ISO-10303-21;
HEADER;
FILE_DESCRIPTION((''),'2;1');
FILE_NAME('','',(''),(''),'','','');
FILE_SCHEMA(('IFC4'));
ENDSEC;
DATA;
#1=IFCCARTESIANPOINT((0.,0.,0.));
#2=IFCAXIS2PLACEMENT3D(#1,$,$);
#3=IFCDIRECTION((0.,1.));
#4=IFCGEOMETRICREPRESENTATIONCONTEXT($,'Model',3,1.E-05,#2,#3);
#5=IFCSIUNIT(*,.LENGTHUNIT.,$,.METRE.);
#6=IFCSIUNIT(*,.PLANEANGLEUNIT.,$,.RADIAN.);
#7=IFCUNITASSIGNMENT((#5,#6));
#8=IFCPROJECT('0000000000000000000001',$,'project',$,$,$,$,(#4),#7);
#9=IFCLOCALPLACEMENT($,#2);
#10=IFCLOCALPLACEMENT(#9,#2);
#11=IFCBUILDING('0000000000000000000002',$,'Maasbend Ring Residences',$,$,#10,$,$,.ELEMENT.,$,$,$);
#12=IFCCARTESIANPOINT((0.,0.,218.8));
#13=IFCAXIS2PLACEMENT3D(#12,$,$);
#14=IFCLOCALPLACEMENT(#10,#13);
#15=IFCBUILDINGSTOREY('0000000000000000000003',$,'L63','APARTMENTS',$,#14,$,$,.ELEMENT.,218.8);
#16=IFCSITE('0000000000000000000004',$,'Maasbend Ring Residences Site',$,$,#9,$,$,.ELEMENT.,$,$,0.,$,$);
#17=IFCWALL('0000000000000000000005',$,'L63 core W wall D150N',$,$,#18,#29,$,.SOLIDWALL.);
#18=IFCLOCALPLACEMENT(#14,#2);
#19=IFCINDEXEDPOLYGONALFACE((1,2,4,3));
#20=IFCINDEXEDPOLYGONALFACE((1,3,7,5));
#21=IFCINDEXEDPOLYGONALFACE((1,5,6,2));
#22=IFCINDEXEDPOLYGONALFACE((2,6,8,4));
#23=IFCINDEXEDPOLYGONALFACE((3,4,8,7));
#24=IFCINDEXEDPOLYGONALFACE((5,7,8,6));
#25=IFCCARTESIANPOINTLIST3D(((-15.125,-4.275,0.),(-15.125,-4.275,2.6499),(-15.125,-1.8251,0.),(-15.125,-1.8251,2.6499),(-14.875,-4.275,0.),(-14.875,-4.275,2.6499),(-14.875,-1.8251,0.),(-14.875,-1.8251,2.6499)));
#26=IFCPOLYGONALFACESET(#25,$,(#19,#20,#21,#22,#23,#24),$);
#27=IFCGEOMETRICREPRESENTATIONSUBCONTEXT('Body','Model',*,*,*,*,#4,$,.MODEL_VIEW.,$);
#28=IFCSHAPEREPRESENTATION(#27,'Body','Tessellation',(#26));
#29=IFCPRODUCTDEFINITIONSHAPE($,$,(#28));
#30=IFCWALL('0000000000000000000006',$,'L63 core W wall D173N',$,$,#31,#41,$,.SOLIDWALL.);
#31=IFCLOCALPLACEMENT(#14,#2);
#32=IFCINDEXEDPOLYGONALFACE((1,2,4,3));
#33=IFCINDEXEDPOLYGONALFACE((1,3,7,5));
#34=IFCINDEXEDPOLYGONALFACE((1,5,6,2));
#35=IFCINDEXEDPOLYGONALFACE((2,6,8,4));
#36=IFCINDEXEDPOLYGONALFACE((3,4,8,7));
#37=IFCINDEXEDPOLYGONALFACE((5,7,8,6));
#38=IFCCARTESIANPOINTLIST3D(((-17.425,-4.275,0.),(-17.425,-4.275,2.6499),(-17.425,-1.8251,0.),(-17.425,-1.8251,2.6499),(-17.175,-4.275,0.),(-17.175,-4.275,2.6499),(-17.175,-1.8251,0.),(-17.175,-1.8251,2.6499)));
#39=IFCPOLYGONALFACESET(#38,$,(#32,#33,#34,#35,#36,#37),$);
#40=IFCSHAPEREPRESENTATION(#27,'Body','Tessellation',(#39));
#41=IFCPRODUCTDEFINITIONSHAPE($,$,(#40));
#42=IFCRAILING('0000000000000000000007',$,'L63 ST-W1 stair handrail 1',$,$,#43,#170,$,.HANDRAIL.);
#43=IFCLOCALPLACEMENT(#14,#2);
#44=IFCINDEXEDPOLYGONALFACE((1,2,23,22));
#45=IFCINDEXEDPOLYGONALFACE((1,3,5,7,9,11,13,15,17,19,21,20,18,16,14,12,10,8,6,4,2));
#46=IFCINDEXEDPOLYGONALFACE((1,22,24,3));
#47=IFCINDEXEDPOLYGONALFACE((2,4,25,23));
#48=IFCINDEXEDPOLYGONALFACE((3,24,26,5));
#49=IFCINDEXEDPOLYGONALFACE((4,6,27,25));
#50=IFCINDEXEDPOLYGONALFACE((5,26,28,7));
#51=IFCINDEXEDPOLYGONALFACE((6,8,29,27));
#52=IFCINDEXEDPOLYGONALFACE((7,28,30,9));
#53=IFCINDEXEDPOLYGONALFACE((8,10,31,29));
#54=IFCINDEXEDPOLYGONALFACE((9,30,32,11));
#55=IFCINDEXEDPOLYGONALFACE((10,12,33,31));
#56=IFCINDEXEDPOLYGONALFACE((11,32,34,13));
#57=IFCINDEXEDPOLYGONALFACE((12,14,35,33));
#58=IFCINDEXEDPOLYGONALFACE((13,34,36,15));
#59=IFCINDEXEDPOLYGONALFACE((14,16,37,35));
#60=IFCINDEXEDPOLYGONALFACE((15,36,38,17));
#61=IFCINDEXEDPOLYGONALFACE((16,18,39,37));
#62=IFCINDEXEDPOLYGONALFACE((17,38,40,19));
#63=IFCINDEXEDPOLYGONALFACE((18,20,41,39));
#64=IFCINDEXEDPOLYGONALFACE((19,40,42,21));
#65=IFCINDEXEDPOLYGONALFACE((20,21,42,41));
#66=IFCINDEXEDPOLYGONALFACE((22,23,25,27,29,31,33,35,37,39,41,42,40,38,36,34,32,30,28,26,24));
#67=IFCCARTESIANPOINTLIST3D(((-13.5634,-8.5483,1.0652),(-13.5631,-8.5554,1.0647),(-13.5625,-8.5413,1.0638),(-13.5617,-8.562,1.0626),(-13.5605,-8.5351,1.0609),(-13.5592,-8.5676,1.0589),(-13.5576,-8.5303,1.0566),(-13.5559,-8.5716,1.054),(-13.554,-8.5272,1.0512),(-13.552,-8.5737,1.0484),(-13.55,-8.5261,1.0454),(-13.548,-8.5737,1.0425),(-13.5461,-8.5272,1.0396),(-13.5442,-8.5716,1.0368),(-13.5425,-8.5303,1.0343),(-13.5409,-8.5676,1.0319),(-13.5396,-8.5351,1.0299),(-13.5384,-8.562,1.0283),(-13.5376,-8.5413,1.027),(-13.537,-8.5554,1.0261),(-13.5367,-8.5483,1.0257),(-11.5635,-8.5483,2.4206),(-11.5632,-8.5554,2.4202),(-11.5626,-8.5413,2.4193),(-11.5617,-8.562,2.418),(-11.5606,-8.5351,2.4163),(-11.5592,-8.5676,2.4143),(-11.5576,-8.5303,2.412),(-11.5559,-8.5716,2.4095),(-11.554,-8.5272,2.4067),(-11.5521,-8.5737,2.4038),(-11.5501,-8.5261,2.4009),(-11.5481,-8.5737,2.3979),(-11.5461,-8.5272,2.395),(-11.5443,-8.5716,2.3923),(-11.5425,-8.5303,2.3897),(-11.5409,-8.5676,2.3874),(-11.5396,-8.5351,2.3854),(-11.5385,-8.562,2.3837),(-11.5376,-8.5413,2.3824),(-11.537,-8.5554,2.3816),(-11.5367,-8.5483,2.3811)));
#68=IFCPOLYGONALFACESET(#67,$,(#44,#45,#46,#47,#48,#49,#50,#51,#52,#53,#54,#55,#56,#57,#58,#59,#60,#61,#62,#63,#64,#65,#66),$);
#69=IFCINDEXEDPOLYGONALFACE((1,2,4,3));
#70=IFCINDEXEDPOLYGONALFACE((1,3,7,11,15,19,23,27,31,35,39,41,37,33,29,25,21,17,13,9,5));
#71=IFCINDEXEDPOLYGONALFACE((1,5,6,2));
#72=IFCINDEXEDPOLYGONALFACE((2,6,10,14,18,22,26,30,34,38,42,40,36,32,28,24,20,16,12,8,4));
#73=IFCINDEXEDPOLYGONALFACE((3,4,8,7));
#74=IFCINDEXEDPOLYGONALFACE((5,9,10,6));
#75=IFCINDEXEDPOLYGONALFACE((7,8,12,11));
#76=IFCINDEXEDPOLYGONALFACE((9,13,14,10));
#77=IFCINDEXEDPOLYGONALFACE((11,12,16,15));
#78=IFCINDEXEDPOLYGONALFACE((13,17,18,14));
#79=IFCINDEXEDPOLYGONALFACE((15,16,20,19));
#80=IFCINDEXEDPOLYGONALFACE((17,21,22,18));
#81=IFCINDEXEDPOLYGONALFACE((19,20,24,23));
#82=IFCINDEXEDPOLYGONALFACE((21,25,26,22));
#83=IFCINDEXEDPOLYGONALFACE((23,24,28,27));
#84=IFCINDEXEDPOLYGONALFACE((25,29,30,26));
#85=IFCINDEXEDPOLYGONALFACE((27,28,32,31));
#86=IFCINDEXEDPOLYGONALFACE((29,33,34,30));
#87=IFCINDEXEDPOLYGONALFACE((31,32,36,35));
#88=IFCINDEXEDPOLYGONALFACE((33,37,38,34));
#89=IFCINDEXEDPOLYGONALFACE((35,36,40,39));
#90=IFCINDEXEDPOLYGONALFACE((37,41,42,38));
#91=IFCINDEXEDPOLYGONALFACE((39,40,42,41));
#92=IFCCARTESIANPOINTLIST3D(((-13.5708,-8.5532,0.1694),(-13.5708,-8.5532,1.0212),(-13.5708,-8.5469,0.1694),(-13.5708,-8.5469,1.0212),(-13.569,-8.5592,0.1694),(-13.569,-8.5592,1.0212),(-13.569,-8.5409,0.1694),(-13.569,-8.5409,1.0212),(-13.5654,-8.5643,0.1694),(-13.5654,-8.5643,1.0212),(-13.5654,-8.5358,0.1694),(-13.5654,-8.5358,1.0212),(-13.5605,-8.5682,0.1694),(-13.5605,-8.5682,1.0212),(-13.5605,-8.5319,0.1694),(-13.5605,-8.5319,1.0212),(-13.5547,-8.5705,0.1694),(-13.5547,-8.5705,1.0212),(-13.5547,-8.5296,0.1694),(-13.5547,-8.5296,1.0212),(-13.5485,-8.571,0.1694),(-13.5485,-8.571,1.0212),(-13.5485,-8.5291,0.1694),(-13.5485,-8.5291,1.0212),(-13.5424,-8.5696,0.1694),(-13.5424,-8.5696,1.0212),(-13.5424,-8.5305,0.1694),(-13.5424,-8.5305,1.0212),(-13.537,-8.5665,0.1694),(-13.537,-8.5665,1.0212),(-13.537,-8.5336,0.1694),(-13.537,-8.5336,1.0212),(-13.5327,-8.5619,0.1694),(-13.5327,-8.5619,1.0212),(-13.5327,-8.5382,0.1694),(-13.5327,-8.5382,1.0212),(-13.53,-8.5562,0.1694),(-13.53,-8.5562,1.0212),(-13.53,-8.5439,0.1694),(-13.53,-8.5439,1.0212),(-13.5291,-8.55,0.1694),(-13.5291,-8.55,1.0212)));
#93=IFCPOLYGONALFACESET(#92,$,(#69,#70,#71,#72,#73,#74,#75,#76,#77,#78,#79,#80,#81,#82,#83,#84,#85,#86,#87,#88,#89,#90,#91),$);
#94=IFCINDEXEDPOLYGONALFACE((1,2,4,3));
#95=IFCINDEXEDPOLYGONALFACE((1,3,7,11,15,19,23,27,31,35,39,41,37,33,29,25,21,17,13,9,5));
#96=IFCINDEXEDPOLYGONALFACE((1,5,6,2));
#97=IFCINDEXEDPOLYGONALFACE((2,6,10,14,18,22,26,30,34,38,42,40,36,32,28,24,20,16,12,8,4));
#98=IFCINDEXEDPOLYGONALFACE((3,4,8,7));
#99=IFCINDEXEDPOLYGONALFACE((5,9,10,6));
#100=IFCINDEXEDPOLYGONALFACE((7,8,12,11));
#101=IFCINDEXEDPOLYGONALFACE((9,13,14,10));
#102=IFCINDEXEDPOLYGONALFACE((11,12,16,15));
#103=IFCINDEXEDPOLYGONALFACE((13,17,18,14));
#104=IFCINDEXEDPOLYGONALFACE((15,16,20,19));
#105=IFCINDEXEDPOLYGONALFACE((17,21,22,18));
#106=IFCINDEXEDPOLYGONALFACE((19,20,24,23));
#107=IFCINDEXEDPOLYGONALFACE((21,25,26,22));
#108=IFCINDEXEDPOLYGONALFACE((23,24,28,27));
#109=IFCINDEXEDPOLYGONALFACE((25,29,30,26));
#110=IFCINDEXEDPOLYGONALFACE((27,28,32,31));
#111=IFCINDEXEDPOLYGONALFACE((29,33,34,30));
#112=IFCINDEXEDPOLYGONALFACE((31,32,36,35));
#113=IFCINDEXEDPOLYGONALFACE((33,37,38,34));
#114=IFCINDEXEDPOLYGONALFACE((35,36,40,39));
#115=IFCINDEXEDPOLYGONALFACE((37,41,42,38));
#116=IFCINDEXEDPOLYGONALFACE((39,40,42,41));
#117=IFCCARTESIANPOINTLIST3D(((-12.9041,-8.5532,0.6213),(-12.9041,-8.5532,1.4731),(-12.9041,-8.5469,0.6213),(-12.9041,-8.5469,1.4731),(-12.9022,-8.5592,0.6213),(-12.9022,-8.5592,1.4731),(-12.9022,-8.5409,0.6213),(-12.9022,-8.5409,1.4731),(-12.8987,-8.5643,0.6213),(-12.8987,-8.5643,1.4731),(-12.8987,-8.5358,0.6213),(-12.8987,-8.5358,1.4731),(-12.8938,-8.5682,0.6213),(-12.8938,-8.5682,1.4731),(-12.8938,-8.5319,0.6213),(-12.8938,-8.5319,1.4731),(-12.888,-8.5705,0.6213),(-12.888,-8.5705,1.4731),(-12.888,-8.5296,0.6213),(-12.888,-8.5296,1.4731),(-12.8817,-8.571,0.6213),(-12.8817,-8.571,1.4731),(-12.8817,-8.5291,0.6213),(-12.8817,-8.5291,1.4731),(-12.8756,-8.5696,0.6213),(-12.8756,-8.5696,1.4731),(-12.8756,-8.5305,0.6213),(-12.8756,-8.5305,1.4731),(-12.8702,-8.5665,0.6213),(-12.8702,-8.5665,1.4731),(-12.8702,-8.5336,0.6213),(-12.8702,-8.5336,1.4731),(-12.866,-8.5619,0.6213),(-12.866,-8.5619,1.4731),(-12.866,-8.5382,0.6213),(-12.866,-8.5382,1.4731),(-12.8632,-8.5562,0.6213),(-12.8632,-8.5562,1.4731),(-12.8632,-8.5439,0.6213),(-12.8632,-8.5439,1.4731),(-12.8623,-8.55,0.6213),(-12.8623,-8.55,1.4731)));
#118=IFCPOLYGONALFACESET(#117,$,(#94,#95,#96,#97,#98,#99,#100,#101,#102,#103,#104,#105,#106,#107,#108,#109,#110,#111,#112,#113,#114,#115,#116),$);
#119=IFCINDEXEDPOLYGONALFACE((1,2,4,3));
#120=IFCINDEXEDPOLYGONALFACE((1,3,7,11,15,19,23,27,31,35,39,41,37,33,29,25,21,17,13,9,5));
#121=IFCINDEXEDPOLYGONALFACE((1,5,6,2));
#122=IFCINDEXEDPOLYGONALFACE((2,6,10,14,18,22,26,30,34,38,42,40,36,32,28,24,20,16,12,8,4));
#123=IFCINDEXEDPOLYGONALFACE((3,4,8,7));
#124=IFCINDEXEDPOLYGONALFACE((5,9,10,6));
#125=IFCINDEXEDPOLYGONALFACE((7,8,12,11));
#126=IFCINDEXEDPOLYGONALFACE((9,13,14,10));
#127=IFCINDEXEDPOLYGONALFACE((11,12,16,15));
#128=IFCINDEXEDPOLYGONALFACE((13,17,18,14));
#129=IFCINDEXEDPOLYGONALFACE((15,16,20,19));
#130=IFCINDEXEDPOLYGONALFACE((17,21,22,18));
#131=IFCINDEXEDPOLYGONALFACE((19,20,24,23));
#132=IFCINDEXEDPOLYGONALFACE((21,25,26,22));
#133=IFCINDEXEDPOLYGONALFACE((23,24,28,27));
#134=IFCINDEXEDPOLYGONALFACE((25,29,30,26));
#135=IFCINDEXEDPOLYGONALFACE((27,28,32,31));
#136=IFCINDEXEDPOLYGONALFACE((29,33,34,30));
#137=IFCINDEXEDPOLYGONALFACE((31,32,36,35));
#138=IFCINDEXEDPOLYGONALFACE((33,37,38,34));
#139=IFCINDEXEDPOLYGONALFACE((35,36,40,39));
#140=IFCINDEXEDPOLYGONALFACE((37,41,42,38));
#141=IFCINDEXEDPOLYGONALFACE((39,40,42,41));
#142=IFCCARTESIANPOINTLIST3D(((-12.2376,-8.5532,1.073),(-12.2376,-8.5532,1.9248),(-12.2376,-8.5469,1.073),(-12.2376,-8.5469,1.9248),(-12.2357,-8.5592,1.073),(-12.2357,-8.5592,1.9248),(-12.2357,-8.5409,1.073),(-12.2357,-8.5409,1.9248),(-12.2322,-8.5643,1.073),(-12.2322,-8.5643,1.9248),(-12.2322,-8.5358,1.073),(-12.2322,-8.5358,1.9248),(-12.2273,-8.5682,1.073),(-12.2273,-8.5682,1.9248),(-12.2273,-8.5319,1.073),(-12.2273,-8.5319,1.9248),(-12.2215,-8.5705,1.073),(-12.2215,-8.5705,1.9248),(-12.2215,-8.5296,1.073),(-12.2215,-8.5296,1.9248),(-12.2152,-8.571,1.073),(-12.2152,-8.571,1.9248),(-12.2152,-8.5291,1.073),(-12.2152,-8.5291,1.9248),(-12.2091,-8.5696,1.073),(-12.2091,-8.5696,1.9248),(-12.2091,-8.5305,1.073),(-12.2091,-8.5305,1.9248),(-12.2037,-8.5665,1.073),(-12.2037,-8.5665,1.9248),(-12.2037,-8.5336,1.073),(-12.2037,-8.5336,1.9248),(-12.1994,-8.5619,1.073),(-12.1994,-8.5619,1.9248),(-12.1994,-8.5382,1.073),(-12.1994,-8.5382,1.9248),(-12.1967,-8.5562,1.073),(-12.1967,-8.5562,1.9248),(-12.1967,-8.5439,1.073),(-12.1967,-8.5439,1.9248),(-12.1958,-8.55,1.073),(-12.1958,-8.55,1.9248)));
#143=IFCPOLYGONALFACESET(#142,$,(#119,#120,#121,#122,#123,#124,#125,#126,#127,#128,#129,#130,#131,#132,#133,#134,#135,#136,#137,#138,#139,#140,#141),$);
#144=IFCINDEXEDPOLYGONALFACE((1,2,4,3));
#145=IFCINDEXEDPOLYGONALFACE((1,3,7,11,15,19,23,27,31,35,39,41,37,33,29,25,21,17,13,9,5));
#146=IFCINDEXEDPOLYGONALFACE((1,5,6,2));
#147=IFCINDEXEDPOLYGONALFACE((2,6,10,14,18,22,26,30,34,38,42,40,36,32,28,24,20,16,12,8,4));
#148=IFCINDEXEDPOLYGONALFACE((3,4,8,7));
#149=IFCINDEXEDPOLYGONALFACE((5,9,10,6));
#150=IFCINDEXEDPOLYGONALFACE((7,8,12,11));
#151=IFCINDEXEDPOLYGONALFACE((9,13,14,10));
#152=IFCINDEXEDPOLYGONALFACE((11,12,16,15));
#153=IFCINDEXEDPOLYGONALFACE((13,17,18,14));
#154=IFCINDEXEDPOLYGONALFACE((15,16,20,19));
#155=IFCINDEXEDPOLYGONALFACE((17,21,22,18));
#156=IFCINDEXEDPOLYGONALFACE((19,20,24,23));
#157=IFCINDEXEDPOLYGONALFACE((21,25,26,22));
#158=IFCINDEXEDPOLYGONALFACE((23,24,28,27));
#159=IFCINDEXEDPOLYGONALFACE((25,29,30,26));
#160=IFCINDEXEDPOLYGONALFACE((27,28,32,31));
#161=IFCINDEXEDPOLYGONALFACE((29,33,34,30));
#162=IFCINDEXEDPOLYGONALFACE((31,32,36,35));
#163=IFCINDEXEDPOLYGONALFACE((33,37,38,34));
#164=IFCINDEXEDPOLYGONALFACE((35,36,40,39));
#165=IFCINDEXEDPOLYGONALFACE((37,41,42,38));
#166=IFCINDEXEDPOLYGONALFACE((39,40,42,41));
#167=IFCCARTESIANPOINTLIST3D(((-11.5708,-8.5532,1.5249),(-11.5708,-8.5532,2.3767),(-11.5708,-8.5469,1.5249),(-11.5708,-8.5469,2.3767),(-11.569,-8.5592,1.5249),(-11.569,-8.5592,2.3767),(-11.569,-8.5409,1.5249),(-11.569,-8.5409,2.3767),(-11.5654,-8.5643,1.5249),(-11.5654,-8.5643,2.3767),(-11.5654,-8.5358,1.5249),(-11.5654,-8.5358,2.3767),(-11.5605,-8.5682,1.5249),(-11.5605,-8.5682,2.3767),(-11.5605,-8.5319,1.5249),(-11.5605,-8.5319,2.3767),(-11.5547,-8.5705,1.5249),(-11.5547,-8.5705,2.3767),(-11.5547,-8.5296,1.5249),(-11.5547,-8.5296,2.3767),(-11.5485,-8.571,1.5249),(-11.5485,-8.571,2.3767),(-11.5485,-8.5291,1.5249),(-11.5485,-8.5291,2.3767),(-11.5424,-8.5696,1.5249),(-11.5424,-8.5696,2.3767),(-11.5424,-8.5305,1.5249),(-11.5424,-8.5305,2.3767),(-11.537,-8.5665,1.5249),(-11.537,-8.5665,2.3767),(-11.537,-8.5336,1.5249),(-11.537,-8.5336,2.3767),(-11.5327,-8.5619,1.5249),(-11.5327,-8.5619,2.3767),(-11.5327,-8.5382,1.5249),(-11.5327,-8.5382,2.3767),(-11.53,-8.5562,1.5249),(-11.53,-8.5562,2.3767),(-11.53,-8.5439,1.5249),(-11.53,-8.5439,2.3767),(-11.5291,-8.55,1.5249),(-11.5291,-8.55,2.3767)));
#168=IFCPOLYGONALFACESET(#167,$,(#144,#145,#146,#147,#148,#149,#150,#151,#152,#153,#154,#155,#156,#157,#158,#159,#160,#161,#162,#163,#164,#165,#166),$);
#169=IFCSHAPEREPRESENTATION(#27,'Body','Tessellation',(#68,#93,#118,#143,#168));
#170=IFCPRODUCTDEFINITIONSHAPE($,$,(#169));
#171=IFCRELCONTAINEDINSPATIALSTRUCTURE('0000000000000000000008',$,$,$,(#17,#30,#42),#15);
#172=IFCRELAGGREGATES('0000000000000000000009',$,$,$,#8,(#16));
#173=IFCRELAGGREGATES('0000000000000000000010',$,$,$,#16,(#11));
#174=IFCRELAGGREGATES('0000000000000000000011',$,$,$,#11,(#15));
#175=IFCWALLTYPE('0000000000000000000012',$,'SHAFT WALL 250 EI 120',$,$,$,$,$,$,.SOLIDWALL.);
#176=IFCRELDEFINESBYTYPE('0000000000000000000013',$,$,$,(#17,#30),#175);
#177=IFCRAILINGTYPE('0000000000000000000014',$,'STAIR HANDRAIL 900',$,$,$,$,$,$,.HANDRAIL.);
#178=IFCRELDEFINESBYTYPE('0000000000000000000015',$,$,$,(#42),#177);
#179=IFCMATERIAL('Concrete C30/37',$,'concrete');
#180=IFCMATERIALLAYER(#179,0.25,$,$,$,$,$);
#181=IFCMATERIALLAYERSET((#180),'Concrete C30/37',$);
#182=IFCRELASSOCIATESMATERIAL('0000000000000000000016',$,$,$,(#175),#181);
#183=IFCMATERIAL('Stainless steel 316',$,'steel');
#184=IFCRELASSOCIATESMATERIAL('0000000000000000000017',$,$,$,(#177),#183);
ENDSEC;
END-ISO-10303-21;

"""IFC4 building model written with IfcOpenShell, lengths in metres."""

from ifc_helpers import new_model, si_unit, direction, frame, frame_2d, origin, origin_2d, place, context, subcontext, project, spatial, rectangle, circle, extrude, material, layer, layer_set, type_object, element, save


model = new_model("IFC4")

# Units and contexts
model_context = context("Model", 3, precision=1e-05, world=origin(), true_north=direction((0.0, 1.0)))
body_context = subcontext(model_context, "Body", "Model", "MODEL_VIEW")
ifc_project = project(units=[si_unit("LENGTHUNIT", "METRE"), si_unit("PLANEANGLEUNIT", "RADIAN")], contexts=[model_context])

# Site, building, storey
site_placement = place(None, origin())
site = spatial("IfcSite", under=ifc_project, at=site_placement, Name="Maasbend Ring Residences Site", CompositionType="ELEMENT", RefElevation=0.0)
building_placement = place(site_placement, origin())
building = spatial("IfcBuilding", under=site, at=building_placement, Name="Maasbend Ring Residences", CompositionType="ELEMENT")
storey_placement = place(building_placement, frame((0.0, 0.0, 218.8)))
storey = spatial("IfcBuildingStorey", under=building, at=storey_placement, Name="L63", Description="APARTMENTS", CompositionType="ELEMENT", Elevation=218.8)

# Walls
ifc_material_1 = material(Name="Concrete C30/37", Category="concrete")
ifc_layer_1 = layer(ifc_material_1, 0.25)
ifc_layer_set_1 = layer_set([ifc_layer_1], Name="Concrete C30/37")
wall_type_1 = type_object("IfcWallType", Name="SHAFT WALL 250 EI 120", PredefinedType="SOLIDWALL", material=ifc_layer_set_1)
for number, where, z_axis, x_axis, name in (
    (1, (-15.0, -1.825, 0.0), (0.0, 0.0, 1.0), (0.0, -1.0, 0.0), "L63 core W wall D150N"),
    (2, (-17.3, -1.825, 0.0), (0.0, 0.0, 1.0), (0.0, -1.0, 0.0), "L63 core W wall D173N"),
):
    element("IfcWall", number, at=place(storey_placement, frame(where, z_axis=z_axis, x_axis=x_axis)), inside=storey, type_object=wall_type_1, Name=name, PredefinedType="SOLIDWALL", context=body_context, shape_type="SweptSolid", body=[
        extrude(rectangle(XDim=2.45, YDim=0.25, at=frame_2d((1.2251, 0.0))), origin(), (0.0, 0.0, 1.0), 2.6499),
    ])

# Railing
ifc_material_2 = material(Name="Stainless steel 316", Category="steel")
railing_type_1 = type_object("IfcRailingType", Name="STAIR HANDRAIL 900", PredefinedType="HANDRAIL", material=ifc_material_2)
railing_1_placement = place(storey_placement, frame((-13.55, -8.55, 0.1694)))
element("IfcRailing", 3, at=railing_1_placement, inside=storey, type_object=railing_type_1, Name="L63 ST-W1 stair handrail 1", PredefinedType="HANDRAIL", context=body_context, shape_type="SweptSolid", body=[
    extrude(circle(Radius=0.0239, at=origin_2d()), frame((0.0, 0.0, 0.876), z_axis=(0.827798, 0.0, 0.561027), x_axis=(0.0, 1.0, 0.0)), (0.0, 0.0, 1.0), 2.416),
    extrude(circle(Radius=0.021, at=origin_2d()), origin(), (0.0, 0.0, 1.0), 0.8518),
    extrude(circle(Radius=0.021, at=origin_2d()), frame((0.6667, 0.0, 0.4519)), (0.0, 0.0, 1.0), 0.8518),
    extrude(circle(Radius=0.021, at=origin_2d()), frame((1.3333, 0.0, 0.9036)), (0.0, 0.0, 1.0), 0.8518),
    extrude(circle(Radius=0.021, at=origin_2d()), frame((2.0, 0.0, 1.3555)), (0.0, 0.0, 1.0), 0.8518),
])

save(model, "model.ifc")
